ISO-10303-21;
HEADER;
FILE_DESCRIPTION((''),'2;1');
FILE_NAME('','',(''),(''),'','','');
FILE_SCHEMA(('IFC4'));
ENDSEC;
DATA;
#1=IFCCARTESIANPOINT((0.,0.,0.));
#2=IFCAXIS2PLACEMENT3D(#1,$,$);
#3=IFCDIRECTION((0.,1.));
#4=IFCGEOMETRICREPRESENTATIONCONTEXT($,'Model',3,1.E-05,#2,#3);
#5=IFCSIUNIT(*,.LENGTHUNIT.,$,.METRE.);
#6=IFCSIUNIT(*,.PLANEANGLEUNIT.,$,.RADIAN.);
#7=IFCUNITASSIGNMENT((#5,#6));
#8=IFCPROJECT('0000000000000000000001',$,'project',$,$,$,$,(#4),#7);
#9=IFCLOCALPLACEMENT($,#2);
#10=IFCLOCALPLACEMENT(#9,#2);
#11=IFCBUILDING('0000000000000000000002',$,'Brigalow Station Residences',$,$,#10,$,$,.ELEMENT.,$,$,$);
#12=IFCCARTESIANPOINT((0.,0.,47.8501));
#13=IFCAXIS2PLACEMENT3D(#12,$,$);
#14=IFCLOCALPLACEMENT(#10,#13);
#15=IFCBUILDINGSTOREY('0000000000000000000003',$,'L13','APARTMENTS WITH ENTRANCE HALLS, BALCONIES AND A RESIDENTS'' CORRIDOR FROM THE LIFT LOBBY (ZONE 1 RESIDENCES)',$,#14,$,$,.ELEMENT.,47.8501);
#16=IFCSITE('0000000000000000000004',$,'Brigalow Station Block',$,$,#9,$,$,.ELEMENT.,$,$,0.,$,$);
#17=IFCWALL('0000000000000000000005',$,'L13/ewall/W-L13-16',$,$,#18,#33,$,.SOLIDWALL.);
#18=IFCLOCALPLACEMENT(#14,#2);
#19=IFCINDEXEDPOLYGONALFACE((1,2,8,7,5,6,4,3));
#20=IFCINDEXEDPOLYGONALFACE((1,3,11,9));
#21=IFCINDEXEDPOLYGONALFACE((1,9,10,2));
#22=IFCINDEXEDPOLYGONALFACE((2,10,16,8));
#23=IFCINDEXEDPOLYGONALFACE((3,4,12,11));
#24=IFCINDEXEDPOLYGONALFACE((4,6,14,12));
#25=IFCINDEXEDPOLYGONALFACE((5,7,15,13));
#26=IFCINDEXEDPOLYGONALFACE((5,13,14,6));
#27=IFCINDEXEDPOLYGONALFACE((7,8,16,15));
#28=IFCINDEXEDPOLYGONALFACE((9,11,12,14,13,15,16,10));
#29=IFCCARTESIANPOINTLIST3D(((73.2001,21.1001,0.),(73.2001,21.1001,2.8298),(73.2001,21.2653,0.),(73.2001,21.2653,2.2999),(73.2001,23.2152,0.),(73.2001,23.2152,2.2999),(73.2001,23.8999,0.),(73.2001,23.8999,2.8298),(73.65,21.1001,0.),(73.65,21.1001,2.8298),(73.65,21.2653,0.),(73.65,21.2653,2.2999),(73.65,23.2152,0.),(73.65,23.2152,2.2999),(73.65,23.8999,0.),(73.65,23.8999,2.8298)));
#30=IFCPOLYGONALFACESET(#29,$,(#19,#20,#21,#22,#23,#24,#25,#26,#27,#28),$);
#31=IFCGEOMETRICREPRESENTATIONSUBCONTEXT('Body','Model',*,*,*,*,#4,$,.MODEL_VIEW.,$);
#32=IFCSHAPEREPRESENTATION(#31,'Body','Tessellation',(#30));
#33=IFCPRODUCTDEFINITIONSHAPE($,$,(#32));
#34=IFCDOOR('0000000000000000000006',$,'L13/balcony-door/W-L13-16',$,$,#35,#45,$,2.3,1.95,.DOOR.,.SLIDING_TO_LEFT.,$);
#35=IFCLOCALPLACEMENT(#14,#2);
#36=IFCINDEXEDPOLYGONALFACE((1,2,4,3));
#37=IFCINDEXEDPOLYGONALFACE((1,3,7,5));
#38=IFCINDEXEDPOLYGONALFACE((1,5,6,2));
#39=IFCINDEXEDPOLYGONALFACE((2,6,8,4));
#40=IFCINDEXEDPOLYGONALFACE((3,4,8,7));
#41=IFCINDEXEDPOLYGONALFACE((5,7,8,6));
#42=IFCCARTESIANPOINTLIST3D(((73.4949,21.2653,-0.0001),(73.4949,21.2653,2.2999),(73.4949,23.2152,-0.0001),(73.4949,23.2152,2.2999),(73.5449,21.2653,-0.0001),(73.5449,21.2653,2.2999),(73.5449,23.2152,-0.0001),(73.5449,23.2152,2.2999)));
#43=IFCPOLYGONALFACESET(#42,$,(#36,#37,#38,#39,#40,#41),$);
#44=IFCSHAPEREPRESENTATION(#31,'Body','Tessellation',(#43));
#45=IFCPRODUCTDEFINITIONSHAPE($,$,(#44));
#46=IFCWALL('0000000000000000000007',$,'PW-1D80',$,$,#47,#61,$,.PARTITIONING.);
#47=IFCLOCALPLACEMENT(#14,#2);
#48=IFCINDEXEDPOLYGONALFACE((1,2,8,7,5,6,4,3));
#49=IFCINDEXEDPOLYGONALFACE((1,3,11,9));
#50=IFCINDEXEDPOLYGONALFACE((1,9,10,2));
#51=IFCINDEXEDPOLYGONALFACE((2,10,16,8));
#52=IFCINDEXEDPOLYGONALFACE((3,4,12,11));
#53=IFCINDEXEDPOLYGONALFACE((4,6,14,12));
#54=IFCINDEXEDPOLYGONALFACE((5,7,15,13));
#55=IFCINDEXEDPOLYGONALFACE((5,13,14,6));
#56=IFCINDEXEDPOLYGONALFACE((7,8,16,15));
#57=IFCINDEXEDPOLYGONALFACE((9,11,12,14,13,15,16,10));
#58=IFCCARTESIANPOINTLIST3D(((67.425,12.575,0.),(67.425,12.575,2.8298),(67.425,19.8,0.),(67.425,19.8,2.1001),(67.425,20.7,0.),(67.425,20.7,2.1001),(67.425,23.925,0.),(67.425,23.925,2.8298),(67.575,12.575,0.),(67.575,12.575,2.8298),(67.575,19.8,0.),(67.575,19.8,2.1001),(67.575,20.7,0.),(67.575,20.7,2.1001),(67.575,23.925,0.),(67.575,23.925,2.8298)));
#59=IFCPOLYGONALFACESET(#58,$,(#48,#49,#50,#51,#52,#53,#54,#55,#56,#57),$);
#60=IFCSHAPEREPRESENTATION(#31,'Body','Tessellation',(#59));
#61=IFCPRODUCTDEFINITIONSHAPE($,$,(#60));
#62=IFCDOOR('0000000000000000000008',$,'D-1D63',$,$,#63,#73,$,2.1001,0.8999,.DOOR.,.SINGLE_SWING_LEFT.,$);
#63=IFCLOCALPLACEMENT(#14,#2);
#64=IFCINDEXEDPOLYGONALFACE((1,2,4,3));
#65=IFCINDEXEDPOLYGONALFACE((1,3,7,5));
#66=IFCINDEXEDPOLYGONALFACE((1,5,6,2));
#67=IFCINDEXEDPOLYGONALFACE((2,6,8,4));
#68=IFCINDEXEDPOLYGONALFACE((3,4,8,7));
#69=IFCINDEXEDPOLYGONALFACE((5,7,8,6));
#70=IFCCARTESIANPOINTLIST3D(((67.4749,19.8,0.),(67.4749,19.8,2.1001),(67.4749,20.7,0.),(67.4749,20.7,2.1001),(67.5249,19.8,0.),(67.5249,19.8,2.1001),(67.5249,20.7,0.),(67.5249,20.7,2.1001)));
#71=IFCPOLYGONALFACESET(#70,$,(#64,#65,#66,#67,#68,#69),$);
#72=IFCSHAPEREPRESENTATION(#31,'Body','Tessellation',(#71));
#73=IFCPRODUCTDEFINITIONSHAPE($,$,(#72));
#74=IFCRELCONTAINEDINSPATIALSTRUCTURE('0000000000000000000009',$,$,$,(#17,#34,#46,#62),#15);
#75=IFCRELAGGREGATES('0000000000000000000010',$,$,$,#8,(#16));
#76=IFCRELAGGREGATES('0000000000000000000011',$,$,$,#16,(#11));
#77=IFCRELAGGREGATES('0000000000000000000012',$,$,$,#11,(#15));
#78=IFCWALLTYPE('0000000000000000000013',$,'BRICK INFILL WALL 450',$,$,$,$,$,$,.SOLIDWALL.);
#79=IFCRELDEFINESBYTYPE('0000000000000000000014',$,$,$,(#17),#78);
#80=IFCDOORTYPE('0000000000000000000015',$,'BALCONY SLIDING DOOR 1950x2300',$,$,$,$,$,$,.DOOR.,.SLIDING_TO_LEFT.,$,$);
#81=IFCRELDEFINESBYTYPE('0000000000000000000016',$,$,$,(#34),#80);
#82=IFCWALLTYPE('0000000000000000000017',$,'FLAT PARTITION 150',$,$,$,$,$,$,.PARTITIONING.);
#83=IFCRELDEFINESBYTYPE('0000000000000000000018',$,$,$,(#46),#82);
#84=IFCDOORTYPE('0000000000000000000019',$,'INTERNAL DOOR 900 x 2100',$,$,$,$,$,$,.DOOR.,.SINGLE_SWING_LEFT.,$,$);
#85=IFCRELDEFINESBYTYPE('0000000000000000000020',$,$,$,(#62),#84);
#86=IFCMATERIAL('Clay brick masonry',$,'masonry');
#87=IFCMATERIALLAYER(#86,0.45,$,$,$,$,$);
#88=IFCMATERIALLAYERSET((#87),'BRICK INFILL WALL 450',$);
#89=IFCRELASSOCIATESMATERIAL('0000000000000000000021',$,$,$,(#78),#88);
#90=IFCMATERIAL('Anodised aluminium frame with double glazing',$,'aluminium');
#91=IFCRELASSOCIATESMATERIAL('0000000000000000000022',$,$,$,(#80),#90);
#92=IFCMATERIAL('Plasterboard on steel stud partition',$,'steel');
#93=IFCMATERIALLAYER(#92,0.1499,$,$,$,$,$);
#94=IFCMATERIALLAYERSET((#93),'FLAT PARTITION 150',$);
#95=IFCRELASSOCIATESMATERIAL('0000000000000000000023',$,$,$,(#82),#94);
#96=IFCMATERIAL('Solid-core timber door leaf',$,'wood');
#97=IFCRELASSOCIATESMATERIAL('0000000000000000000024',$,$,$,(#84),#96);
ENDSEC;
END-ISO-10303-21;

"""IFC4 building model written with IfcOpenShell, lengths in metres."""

from ifc_helpers import new_model, si_unit, direction, frame, frame_2d, origin, place, context, subcontext, project, spatial, rectangle, extrude, material, layer, layer_set, type_object, element, fill, save


model = new_model("IFC4")

# Units and contexts
model_context = context("Model", 3, precision=1e-05, world=origin(), true_north=direction((0.0, 1.0)))
body_context = subcontext(model_context, "Body", "Model", "MODEL_VIEW")
ifc_project = project(units=[si_unit("LENGTHUNIT", "METRE"), si_unit("PLANEANGLEUNIT", "RADIAN")], contexts=[model_context])

# Site, building, storey
site_placement = place(None, origin())
site = spatial("IfcSite", under=ifc_project, at=site_placement, Name="Brigalow Station Block", CompositionType="ELEMENT", RefElevation=0.0)
building_placement = place(site_placement, origin())
building = spatial("IfcBuilding", under=site, at=building_placement, Name="Brigalow Station Residences", CompositionType="ELEMENT")
storey_placement = place(building_placement, frame((0.0, 0.0, 47.8501)))
storey = spatial("IfcBuildingStorey", under=building, at=storey_placement, Name="L13", Description="APARTMENTS WITH ENTRANCE HALLS, BALCONIES AND A RESIDENTS' CORRIDOR FROM THE LIFT LOBBY (ZONE 1 RESIDENCES)", CompositionType="ELEMENT", Elevation=47.8501)

# Shared definitions
ifc_material_1 = material(Name="Clay brick masonry", Category="masonry")
ifc_layer_1 = layer(ifc_material_1, 0.45)
ifc_layer_set_1 = layer_set([ifc_layer_1], Name="BRICK INFILL WALL 450")
wall_type_1 = type_object("IfcWallType", Name="BRICK INFILL WALL 450", PredefinedType="SOLIDWALL", material=ifc_layer_set_1)

# Walls, openings, doors
wall_1_placement = place(storey_placement, frame((73.425, 21.1001, 0.0), z_axis=(0.0, 0.0, 1.0), x_axis=(0.0, 1.0, 0.0)))
wall_1 = element("IfcWall", 1, at=wall_1_placement, inside=storey, type_object=wall_type_1, Name="L13/ewall/W-L13-16", PredefinedType="SOLIDWALL", context=body_context, shape_type="SweptSolid", body=[
    extrude(rectangle(XDim=2.7998, YDim=0.45, at=frame_2d((1.3999, 0.0))), origin(), (0.0, 0.0, 1.0), 2.8298),
])
opening_1_placement = place(wall_1_placement, frame((0.165, 0.0, 0.0)))
opening_1 = element("IfcOpeningElement", 2, at=opening_1_placement, cuts=wall_1, PredefinedType="OPENING", context=body_context, shape_type="SweptSolid", body=[
    extrude(rectangle(XDim=1.95, YDim=2.3, at=frame_2d((0.9751, 1.1499))), frame((0.0, 0.2349, 0.0), z_axis=(0.0, -1.0, 0.0), x_axis=(1.0, 0.0, 0.0)), (0.0, 0.0, 1.0), 0.47),
])
ifc_material_2 = material(Name="Anodised aluminium frame with double glazing", Category="aluminium")
door_type_1 = type_object("IfcDoorType", Name="BALCONY SLIDING DOOR 1950x2300", OperationType="SLIDING_TO_LEFT", PredefinedType="DOOR", material=ifc_material_2)
door_1_placement = place(opening_1_placement, origin())
door_1 = element("IfcDoor", 3, at=door_1_placement, inside=storey, type_object=door_type_1, Name="L13/balcony-door/W-L13-16", OperationType="SLIDING_TO_LEFT", OverallHeight=2.3, OverallWidth=1.95, PredefinedType="DOOR", context=body_context, shape_type="SweptSolid", body=[
    extrude(rectangle(XDim=1.95, YDim=2.3, at=frame_2d((0.9751, 1.1499))), frame((0.0, -0.0698, 0.0), z_axis=(0.0, -1.0, 0.0), x_axis=(1.0, 0.0, 0.0)), (0.0, 0.0, 1.0), 0.05),
])
fill(opening_1, door_1)
ifc_material_3 = material(Name="Plasterboard on steel stud partition", Category="steel")
ifc_layer_2 = layer(ifc_material_3, 0.1499)
ifc_layer_set_2 = layer_set([ifc_layer_2], Name="FLAT PARTITION 150")
wall_type_2 = type_object("IfcWallType", Name="FLAT PARTITION 150", PredefinedType="PARTITIONING", material=ifc_layer_set_2)
wall_2_placement = place(storey_placement, frame((67.5, 12.575, 0.0), z_axis=(0.0, 0.0, 1.0), x_axis=(0.0, 1.0, 0.0)))
wall_2 = element("IfcWall", 4, at=wall_2_placement, inside=storey, type_object=wall_type_2, Name="PW-1D80", PredefinedType="PARTITIONING", context=body_context, shape_type="SweptSolid", body=[
    extrude(rectangle(XDim=11.3501, YDim=0.1499, at=frame_2d((5.675, 0.0))), origin(), (0.0, 0.0, 1.0), 2.8298),
])
opening_2_placement = place(wall_2_placement, frame((7.2251, 0.0, 0.0)))
opening_2 = element("IfcOpeningElement", 5, at=opening_2_placement, cuts=wall_2, PredefinedType="OPENING", context=body_context, shape_type="SweptSolid", body=[
    extrude(rectangle(XDim=0.8999, YDim=2.1001, at=frame_2d((0.45, 1.05))), frame((0.0, 0.085, 0.0), z_axis=(0.0, -1.0, 0.0), x_axis=(1.0, 0.0, 0.0)), (0.0, 0.0, 1.0), 0.1699),
])
ifc_material_4 = material(Name="Solid-core timber door leaf", Category="wood")
door_type_2 = type_object("IfcDoorType", Name="INTERNAL DOOR 900 x 2100", OperationType="SINGLE_SWING_LEFT", PredefinedType="DOOR", material=ifc_material_4)
door_2_placement = place(opening_2_placement, frame((0.8999, 0.0, 0.0), z_axis=(0.0, 0.0, 1.0), x_axis=(-1.0, 0.0, 0.0)))
door_2 = element("IfcDoor", 6, at=door_2_placement, inside=storey, type_object=door_type_2, Name="D-1D63", OperationType="SINGLE_SWING_LEFT", OverallHeight=2.1001, OverallWidth=0.8999, PredefinedType="DOOR", context=body_context, shape_type="SweptSolid", body=[
    extrude(rectangle(XDim=0.8999, YDim=2.1001, at=frame_2d((0.45, 1.05))), frame((0.0, 0.0249, 0.0), z_axis=(0.0, -1.0, 0.0), x_axis=(1.0, 0.0, 0.0)), (0.0, 0.0, 1.0), 0.05),
])
fill(opening_2, door_2)

save(model, "model.ifc")
